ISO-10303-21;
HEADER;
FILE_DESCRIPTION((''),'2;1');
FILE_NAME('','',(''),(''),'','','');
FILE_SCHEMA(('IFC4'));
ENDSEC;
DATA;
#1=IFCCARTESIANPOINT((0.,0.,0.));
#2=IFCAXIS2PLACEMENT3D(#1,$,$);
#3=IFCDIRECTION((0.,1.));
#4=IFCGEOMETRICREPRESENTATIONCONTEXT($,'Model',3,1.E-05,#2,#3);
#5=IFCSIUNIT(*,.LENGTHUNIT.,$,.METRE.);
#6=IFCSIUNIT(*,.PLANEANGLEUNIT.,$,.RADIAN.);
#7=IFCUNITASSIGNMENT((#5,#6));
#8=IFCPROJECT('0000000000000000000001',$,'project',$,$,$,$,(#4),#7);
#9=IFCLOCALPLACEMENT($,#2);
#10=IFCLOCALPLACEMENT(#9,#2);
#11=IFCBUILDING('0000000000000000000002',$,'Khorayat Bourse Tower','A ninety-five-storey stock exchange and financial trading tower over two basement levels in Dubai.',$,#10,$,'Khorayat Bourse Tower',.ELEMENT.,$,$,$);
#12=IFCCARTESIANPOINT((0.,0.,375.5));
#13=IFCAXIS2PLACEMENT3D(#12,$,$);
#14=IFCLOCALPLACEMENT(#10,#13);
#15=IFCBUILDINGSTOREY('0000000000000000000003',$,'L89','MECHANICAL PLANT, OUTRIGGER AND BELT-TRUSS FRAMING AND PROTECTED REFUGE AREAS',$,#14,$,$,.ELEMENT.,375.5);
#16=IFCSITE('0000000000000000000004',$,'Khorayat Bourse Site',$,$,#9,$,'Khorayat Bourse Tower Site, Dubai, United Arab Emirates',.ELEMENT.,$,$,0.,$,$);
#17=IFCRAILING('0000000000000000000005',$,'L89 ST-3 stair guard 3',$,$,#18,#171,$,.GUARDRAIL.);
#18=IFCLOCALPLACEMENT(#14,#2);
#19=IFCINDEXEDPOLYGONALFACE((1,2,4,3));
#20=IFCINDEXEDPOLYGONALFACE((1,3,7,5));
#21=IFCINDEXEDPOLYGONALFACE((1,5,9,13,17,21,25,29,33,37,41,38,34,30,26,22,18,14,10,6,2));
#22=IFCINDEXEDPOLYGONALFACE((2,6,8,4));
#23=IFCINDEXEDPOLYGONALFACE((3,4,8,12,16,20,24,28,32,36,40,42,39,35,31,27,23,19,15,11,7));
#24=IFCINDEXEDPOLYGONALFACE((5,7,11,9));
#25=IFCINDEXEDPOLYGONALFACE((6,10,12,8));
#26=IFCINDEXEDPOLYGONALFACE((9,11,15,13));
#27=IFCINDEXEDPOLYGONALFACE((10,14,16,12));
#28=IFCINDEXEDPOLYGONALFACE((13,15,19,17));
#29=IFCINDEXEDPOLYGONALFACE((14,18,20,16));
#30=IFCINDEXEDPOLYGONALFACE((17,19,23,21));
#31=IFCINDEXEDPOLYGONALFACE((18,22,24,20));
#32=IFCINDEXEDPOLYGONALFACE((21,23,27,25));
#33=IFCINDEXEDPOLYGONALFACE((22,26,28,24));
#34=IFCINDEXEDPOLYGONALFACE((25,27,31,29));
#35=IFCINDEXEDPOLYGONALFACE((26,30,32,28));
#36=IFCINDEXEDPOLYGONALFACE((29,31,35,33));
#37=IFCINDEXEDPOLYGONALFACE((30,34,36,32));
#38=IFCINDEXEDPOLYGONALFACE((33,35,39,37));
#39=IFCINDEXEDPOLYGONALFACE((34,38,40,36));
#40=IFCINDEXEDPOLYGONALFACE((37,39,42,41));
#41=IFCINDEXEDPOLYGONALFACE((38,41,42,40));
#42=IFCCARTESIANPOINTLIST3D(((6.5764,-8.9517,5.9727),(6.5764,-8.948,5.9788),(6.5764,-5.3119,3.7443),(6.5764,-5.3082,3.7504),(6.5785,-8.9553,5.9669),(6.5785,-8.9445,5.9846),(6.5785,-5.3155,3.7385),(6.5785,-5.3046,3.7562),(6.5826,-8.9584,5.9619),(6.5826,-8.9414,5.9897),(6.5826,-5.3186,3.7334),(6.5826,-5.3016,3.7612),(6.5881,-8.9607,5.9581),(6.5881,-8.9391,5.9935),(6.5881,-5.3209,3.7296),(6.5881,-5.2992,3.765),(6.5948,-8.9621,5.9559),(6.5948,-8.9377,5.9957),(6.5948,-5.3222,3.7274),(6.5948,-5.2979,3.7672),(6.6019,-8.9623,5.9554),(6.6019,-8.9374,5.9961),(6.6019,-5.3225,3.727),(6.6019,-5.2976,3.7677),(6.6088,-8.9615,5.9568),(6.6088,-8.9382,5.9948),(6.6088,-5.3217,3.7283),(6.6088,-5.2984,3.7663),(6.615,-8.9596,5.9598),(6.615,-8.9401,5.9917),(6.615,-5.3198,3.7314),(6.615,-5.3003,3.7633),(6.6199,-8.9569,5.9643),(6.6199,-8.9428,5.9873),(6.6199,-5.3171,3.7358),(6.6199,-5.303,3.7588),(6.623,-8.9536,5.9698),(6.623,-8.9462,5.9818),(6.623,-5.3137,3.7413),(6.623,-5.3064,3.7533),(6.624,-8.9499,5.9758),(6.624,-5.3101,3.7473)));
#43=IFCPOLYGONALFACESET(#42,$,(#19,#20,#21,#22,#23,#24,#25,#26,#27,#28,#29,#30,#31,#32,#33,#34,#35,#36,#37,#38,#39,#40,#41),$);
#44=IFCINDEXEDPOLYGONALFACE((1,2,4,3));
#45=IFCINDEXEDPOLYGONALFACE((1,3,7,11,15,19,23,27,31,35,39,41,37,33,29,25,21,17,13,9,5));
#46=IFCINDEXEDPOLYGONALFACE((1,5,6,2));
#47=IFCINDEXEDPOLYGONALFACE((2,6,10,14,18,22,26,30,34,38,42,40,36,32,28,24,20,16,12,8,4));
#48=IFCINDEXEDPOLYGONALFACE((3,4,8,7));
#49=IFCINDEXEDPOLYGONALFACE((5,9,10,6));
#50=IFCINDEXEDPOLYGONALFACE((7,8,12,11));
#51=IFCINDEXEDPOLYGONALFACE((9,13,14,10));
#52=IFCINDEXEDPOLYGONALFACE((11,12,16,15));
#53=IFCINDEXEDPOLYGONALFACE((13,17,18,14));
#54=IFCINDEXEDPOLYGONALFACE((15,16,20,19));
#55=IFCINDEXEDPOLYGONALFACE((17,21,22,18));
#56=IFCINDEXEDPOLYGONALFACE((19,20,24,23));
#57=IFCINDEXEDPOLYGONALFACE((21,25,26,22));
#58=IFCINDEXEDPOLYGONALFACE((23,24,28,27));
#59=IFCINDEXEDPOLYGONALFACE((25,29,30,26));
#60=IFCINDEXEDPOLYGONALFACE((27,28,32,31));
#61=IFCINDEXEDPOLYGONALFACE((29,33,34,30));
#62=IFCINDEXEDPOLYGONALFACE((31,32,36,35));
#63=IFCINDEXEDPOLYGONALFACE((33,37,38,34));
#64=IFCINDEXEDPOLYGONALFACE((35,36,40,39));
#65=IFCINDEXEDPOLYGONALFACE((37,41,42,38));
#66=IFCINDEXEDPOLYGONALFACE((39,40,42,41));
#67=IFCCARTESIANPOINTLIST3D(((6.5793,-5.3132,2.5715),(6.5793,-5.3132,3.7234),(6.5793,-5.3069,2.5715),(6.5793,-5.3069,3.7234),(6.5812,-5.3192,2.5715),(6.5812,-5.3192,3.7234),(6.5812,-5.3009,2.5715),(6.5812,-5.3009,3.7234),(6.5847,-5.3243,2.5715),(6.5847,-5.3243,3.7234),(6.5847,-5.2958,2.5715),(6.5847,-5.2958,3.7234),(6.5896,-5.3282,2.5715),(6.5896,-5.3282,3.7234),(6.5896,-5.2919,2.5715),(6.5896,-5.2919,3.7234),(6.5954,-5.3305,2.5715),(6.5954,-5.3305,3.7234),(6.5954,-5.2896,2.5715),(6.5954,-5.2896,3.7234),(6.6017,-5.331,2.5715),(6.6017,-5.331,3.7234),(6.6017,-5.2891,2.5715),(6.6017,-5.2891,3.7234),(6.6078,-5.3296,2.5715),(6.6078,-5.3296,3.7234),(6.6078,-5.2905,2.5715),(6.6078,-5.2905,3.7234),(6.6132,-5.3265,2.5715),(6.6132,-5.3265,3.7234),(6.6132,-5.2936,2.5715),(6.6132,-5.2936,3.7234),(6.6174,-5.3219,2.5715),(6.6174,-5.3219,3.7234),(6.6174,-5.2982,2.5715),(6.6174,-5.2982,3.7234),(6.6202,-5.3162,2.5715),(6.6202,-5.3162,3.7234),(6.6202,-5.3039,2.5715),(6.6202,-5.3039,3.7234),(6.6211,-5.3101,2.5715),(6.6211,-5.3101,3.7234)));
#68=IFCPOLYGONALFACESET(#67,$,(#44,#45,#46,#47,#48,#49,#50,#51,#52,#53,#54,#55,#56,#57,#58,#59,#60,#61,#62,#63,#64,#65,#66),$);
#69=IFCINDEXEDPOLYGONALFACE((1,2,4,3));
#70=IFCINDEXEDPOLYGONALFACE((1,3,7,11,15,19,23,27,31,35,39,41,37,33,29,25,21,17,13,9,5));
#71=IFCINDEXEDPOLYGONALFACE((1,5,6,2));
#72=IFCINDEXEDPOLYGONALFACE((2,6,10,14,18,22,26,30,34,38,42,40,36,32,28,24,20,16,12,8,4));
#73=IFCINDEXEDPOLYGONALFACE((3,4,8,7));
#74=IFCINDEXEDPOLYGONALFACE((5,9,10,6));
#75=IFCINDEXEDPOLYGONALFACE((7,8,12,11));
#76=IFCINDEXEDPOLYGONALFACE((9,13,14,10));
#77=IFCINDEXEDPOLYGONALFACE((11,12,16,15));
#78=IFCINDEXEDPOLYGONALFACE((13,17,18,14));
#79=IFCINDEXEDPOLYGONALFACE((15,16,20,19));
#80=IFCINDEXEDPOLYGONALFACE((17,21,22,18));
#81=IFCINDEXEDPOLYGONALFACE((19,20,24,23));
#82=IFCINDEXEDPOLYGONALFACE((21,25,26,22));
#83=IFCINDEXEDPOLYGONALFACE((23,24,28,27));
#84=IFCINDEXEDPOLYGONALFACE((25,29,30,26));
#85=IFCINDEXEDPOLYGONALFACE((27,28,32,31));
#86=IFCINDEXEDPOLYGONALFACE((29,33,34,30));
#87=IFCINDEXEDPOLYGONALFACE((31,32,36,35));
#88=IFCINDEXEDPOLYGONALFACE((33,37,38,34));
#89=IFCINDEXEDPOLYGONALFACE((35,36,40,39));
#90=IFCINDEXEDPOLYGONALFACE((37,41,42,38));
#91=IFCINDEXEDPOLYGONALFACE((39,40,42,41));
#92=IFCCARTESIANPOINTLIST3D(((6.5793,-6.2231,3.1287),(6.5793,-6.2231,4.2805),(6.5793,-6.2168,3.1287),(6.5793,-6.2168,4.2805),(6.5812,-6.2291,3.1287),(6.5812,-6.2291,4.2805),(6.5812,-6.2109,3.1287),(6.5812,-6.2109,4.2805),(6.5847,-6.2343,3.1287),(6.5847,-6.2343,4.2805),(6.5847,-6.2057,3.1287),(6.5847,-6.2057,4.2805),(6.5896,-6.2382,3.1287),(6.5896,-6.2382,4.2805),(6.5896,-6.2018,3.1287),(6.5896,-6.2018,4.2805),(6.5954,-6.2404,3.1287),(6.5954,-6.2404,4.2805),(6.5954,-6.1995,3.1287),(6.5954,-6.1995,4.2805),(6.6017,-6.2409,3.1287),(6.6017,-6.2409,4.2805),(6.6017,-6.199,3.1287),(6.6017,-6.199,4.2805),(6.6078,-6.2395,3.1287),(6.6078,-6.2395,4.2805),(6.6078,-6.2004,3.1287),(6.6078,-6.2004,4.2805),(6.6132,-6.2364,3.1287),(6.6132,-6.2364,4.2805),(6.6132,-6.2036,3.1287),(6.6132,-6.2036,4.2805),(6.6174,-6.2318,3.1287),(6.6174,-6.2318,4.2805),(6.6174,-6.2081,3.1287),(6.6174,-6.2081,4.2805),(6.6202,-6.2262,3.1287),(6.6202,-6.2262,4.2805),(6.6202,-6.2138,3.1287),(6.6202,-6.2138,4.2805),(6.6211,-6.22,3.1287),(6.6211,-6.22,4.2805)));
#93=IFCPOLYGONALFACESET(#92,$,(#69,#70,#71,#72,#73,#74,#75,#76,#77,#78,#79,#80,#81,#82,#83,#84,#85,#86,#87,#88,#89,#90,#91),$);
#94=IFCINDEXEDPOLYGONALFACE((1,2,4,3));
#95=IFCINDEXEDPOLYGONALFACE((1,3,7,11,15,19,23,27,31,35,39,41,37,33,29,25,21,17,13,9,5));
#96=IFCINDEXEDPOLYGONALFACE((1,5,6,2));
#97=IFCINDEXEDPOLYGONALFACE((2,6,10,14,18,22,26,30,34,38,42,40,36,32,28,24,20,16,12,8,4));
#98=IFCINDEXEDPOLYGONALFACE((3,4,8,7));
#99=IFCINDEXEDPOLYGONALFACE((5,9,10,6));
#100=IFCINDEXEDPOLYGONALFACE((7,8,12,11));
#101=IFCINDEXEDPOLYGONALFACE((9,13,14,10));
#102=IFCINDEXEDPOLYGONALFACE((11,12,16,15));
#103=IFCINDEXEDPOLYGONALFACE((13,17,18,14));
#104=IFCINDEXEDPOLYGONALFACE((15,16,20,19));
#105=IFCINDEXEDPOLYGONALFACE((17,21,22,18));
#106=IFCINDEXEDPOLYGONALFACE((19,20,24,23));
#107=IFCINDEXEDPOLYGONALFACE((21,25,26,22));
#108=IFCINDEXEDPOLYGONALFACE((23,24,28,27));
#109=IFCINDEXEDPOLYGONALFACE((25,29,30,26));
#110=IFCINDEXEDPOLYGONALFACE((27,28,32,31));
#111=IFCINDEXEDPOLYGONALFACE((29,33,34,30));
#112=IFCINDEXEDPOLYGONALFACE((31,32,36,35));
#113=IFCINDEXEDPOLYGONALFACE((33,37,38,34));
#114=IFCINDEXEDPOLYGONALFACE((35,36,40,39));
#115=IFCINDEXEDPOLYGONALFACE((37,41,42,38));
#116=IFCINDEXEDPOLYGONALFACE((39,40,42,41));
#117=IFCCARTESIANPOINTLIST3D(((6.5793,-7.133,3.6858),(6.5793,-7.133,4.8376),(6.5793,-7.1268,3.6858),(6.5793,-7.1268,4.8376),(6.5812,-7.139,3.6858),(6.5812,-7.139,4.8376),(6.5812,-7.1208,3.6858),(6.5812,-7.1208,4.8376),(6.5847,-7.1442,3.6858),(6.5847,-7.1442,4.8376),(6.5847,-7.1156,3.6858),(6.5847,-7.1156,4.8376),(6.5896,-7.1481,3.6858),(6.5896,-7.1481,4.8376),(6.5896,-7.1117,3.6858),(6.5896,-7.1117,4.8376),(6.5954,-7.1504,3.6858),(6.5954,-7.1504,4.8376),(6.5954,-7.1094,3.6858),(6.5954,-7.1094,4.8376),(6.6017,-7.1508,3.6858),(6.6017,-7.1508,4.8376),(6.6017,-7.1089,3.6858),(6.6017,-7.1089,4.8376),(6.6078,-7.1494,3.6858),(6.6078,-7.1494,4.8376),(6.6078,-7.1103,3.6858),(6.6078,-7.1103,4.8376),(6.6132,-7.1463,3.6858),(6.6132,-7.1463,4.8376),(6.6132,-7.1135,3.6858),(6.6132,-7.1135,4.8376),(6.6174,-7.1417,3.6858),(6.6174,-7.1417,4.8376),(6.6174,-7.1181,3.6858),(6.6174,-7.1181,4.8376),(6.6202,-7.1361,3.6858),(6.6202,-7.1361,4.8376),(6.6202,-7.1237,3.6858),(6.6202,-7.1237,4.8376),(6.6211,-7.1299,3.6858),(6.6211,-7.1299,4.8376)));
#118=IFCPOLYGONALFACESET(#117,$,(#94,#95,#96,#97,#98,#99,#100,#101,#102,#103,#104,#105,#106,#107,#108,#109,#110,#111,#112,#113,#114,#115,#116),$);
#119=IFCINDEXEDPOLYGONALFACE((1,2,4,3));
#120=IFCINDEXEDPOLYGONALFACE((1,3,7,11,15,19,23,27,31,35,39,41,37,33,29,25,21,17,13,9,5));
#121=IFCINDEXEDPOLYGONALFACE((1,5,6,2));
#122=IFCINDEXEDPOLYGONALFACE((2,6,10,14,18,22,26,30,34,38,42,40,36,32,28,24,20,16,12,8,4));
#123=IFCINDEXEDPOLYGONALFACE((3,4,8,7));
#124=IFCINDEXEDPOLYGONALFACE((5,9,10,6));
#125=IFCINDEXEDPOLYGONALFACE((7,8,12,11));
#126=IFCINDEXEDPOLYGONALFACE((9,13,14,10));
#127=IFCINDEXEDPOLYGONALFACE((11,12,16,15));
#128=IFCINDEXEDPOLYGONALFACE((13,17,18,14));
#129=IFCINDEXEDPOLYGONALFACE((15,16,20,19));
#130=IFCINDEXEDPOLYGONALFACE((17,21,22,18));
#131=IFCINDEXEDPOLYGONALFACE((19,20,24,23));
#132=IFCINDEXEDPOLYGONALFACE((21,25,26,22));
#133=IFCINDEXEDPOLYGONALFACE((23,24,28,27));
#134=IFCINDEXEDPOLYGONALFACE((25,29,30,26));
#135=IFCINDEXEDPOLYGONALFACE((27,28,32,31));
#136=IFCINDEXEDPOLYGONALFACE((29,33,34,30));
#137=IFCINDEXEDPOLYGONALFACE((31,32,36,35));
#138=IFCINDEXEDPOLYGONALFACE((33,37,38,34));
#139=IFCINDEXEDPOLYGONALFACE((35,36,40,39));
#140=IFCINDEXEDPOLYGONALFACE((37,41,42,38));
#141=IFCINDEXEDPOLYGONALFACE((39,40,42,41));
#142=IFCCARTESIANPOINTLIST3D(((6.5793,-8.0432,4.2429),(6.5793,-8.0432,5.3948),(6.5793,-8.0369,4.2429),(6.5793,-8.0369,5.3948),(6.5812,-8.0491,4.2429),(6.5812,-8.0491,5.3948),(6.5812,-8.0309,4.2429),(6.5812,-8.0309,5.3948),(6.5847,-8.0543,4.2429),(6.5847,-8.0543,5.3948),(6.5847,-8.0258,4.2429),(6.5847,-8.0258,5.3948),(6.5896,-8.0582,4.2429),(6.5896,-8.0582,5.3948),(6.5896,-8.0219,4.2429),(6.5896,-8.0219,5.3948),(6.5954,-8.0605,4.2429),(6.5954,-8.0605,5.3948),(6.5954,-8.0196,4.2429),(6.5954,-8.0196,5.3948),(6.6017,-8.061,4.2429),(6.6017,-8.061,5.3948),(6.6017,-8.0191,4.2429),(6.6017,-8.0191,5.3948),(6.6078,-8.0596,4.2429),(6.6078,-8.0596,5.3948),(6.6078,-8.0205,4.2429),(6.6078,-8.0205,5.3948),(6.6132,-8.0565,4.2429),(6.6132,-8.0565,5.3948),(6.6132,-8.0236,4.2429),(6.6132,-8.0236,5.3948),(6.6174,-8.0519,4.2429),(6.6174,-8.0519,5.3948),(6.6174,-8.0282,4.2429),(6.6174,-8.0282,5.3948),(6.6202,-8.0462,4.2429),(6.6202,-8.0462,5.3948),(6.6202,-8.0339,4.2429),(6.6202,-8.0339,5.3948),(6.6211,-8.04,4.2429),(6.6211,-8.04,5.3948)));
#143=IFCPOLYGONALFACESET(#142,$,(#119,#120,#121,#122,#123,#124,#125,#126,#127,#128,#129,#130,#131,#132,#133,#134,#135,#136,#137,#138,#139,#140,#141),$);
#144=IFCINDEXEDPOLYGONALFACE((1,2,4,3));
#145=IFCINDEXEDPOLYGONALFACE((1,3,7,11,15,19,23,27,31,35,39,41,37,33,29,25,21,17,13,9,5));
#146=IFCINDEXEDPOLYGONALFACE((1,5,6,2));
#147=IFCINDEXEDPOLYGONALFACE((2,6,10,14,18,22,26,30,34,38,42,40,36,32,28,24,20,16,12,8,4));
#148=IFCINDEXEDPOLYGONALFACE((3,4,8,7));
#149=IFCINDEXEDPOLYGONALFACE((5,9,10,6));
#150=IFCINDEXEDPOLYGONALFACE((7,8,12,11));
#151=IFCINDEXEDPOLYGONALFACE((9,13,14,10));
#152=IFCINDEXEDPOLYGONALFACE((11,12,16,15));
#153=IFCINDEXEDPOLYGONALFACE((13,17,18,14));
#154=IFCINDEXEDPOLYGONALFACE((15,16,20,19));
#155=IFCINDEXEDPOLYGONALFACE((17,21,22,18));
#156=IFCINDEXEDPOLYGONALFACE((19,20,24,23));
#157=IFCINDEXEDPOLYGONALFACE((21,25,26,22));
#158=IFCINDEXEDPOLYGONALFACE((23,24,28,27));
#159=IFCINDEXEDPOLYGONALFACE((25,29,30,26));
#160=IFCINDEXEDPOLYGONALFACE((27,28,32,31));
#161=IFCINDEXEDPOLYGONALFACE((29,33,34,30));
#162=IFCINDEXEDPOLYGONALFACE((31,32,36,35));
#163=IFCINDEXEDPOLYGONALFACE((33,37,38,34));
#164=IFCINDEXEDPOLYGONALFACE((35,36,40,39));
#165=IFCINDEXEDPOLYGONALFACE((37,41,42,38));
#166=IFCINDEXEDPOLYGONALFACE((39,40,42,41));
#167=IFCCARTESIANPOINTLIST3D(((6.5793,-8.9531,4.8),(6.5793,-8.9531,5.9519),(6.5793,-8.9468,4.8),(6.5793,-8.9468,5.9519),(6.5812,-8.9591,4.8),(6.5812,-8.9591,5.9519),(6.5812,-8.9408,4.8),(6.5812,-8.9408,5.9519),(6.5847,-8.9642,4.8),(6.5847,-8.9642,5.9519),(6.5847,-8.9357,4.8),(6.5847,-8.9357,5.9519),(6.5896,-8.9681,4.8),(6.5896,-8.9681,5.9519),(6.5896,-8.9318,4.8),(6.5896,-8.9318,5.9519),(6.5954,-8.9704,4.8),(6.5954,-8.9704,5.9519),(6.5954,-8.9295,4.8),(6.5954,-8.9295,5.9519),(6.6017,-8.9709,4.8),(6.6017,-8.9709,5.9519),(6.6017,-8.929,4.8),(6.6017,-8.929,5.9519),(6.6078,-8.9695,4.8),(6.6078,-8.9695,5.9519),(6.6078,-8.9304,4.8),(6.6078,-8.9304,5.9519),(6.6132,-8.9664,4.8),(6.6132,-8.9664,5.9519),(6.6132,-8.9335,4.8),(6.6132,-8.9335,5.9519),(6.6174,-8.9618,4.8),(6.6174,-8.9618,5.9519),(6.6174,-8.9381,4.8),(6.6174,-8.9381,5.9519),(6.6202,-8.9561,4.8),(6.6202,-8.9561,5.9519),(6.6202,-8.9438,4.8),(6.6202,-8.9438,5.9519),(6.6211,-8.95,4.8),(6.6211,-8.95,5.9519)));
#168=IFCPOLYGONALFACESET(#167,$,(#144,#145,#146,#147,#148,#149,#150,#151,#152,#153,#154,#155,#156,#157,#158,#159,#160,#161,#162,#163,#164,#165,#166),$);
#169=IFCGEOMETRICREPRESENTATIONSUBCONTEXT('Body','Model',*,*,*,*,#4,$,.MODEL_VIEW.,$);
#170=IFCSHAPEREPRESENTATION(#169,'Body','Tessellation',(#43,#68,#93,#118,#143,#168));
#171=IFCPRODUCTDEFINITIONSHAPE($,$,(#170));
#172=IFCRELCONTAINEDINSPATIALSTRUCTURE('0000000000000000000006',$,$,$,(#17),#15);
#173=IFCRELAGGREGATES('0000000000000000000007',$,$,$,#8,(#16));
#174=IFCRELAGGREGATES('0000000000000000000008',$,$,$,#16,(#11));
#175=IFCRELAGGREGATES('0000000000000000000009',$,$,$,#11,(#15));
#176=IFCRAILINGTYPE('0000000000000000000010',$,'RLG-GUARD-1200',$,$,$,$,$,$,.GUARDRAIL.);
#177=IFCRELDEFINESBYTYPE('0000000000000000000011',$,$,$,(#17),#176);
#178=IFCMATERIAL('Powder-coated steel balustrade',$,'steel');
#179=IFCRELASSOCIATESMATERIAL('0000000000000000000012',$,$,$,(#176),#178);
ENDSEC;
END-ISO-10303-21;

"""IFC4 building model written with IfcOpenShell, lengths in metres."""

from ifc_helpers import new_model, si_unit, direction, frame, origin, origin_2d, place, context, subcontext, project, spatial, circle, extrude, source, transform, mapped, material, type_object, element, save


model = new_model("IFC4")

# Units and contexts
model_context = context("Model", 3, precision=1e-05, world=origin(), true_north=direction((0.0, 1.0)))
body_context = subcontext(model_context, "Body", "Model", "MODEL_VIEW")
ifc_project = project(units=[si_unit("LENGTHUNIT", "METRE"), si_unit("PLANEANGLEUNIT", "RADIAN")], contexts=[model_context])

# Site, building, storey
site_placement = place(None, origin())
site = spatial("IfcSite", under=ifc_project, at=site_placement, Name="Khorayat Bourse Site", LongName="Khorayat Bourse Tower Site, Dubai, United Arab Emirates", CompositionType="ELEMENT", RefElevation=0.0)
building_placement = place(site_placement, origin())
building = spatial("IfcBuilding", under=site, at=building_placement, Name="Khorayat Bourse Tower", Description="A ninety-five-storey stock exchange and financial trading tower over two basement levels in Dubai.", LongName="Khorayat Bourse Tower", CompositionType="ELEMENT")
storey_placement = place(building_placement, frame((0.0, 0.0, 375.5)))
storey = spatial("IfcBuildingStorey", under=building, at=storey_placement, Name="L89", Description="MECHANICAL PLANT, OUTRIGGER AND BELT-TRUSS FRAMING AND PROTECTED REFUGE AREAS", CompositionType="ELEMENT", Elevation=375.5)

# Railing
ifc_material_1 = material(Name="Powder-coated steel balustrade", Category="steel")
railing_type_1 = type_object("IfcRailingType", Name="RLG-GUARD-1200", PredefinedType="GUARDRAIL", material=ifc_material_1)
shared_shape_1 = source(origin(), body_context, "Body", "SweptSolid", [
    extrude(circle(Radius=0.0239, at=origin_2d()), frame((0.0, 0.0, 1.1758), z_axis=(0.0, -0.85285, 0.522156), x_axis=(1.0, 0.0, 0.0)), (0.0, 0.0, 1.0), 4.2678),
    extrude(circle(Radius=0.021, at=origin_2d()), origin(), (0.0, 0.0, 1.0), 1.1519),
    extrude(circle(Radius=0.021, at=origin_2d()), frame((0.0, -0.9099, 0.5571)), (0.0, 0.0, 1.0), 1.1519),
    extrude(circle(Radius=0.021, at=origin_2d()), frame((0.0, -1.8198, 1.1143)), (0.0, 0.0, 1.0), 1.1519),
    extrude(circle(Radius=0.021, at=origin_2d()), frame((0.0, -2.73, 1.6714)), (0.0, 0.0, 1.0), 1.1519),
    extrude(circle(Radius=0.021, at=origin_2d()), frame((0.0, -3.6399, 2.2285)), (0.0, 0.0, 1.0), 1.1519),
])
railing_1_placement = place(storey_placement, frame((6.6001, -5.3101, 2.5715)))
element("IfcRailing", 1, at=railing_1_placement, inside=storey, type_object=railing_type_1, Name="L89 ST-3 stair guard 3", PredefinedType="GUARDRAIL", context=body_context, shape_type="MappedRepresentation", body=[
    mapped(shared_shape_1, transform((0.0, 0.0, 0.0), scale=1.0)),
])

save(model, "model.ifc")
